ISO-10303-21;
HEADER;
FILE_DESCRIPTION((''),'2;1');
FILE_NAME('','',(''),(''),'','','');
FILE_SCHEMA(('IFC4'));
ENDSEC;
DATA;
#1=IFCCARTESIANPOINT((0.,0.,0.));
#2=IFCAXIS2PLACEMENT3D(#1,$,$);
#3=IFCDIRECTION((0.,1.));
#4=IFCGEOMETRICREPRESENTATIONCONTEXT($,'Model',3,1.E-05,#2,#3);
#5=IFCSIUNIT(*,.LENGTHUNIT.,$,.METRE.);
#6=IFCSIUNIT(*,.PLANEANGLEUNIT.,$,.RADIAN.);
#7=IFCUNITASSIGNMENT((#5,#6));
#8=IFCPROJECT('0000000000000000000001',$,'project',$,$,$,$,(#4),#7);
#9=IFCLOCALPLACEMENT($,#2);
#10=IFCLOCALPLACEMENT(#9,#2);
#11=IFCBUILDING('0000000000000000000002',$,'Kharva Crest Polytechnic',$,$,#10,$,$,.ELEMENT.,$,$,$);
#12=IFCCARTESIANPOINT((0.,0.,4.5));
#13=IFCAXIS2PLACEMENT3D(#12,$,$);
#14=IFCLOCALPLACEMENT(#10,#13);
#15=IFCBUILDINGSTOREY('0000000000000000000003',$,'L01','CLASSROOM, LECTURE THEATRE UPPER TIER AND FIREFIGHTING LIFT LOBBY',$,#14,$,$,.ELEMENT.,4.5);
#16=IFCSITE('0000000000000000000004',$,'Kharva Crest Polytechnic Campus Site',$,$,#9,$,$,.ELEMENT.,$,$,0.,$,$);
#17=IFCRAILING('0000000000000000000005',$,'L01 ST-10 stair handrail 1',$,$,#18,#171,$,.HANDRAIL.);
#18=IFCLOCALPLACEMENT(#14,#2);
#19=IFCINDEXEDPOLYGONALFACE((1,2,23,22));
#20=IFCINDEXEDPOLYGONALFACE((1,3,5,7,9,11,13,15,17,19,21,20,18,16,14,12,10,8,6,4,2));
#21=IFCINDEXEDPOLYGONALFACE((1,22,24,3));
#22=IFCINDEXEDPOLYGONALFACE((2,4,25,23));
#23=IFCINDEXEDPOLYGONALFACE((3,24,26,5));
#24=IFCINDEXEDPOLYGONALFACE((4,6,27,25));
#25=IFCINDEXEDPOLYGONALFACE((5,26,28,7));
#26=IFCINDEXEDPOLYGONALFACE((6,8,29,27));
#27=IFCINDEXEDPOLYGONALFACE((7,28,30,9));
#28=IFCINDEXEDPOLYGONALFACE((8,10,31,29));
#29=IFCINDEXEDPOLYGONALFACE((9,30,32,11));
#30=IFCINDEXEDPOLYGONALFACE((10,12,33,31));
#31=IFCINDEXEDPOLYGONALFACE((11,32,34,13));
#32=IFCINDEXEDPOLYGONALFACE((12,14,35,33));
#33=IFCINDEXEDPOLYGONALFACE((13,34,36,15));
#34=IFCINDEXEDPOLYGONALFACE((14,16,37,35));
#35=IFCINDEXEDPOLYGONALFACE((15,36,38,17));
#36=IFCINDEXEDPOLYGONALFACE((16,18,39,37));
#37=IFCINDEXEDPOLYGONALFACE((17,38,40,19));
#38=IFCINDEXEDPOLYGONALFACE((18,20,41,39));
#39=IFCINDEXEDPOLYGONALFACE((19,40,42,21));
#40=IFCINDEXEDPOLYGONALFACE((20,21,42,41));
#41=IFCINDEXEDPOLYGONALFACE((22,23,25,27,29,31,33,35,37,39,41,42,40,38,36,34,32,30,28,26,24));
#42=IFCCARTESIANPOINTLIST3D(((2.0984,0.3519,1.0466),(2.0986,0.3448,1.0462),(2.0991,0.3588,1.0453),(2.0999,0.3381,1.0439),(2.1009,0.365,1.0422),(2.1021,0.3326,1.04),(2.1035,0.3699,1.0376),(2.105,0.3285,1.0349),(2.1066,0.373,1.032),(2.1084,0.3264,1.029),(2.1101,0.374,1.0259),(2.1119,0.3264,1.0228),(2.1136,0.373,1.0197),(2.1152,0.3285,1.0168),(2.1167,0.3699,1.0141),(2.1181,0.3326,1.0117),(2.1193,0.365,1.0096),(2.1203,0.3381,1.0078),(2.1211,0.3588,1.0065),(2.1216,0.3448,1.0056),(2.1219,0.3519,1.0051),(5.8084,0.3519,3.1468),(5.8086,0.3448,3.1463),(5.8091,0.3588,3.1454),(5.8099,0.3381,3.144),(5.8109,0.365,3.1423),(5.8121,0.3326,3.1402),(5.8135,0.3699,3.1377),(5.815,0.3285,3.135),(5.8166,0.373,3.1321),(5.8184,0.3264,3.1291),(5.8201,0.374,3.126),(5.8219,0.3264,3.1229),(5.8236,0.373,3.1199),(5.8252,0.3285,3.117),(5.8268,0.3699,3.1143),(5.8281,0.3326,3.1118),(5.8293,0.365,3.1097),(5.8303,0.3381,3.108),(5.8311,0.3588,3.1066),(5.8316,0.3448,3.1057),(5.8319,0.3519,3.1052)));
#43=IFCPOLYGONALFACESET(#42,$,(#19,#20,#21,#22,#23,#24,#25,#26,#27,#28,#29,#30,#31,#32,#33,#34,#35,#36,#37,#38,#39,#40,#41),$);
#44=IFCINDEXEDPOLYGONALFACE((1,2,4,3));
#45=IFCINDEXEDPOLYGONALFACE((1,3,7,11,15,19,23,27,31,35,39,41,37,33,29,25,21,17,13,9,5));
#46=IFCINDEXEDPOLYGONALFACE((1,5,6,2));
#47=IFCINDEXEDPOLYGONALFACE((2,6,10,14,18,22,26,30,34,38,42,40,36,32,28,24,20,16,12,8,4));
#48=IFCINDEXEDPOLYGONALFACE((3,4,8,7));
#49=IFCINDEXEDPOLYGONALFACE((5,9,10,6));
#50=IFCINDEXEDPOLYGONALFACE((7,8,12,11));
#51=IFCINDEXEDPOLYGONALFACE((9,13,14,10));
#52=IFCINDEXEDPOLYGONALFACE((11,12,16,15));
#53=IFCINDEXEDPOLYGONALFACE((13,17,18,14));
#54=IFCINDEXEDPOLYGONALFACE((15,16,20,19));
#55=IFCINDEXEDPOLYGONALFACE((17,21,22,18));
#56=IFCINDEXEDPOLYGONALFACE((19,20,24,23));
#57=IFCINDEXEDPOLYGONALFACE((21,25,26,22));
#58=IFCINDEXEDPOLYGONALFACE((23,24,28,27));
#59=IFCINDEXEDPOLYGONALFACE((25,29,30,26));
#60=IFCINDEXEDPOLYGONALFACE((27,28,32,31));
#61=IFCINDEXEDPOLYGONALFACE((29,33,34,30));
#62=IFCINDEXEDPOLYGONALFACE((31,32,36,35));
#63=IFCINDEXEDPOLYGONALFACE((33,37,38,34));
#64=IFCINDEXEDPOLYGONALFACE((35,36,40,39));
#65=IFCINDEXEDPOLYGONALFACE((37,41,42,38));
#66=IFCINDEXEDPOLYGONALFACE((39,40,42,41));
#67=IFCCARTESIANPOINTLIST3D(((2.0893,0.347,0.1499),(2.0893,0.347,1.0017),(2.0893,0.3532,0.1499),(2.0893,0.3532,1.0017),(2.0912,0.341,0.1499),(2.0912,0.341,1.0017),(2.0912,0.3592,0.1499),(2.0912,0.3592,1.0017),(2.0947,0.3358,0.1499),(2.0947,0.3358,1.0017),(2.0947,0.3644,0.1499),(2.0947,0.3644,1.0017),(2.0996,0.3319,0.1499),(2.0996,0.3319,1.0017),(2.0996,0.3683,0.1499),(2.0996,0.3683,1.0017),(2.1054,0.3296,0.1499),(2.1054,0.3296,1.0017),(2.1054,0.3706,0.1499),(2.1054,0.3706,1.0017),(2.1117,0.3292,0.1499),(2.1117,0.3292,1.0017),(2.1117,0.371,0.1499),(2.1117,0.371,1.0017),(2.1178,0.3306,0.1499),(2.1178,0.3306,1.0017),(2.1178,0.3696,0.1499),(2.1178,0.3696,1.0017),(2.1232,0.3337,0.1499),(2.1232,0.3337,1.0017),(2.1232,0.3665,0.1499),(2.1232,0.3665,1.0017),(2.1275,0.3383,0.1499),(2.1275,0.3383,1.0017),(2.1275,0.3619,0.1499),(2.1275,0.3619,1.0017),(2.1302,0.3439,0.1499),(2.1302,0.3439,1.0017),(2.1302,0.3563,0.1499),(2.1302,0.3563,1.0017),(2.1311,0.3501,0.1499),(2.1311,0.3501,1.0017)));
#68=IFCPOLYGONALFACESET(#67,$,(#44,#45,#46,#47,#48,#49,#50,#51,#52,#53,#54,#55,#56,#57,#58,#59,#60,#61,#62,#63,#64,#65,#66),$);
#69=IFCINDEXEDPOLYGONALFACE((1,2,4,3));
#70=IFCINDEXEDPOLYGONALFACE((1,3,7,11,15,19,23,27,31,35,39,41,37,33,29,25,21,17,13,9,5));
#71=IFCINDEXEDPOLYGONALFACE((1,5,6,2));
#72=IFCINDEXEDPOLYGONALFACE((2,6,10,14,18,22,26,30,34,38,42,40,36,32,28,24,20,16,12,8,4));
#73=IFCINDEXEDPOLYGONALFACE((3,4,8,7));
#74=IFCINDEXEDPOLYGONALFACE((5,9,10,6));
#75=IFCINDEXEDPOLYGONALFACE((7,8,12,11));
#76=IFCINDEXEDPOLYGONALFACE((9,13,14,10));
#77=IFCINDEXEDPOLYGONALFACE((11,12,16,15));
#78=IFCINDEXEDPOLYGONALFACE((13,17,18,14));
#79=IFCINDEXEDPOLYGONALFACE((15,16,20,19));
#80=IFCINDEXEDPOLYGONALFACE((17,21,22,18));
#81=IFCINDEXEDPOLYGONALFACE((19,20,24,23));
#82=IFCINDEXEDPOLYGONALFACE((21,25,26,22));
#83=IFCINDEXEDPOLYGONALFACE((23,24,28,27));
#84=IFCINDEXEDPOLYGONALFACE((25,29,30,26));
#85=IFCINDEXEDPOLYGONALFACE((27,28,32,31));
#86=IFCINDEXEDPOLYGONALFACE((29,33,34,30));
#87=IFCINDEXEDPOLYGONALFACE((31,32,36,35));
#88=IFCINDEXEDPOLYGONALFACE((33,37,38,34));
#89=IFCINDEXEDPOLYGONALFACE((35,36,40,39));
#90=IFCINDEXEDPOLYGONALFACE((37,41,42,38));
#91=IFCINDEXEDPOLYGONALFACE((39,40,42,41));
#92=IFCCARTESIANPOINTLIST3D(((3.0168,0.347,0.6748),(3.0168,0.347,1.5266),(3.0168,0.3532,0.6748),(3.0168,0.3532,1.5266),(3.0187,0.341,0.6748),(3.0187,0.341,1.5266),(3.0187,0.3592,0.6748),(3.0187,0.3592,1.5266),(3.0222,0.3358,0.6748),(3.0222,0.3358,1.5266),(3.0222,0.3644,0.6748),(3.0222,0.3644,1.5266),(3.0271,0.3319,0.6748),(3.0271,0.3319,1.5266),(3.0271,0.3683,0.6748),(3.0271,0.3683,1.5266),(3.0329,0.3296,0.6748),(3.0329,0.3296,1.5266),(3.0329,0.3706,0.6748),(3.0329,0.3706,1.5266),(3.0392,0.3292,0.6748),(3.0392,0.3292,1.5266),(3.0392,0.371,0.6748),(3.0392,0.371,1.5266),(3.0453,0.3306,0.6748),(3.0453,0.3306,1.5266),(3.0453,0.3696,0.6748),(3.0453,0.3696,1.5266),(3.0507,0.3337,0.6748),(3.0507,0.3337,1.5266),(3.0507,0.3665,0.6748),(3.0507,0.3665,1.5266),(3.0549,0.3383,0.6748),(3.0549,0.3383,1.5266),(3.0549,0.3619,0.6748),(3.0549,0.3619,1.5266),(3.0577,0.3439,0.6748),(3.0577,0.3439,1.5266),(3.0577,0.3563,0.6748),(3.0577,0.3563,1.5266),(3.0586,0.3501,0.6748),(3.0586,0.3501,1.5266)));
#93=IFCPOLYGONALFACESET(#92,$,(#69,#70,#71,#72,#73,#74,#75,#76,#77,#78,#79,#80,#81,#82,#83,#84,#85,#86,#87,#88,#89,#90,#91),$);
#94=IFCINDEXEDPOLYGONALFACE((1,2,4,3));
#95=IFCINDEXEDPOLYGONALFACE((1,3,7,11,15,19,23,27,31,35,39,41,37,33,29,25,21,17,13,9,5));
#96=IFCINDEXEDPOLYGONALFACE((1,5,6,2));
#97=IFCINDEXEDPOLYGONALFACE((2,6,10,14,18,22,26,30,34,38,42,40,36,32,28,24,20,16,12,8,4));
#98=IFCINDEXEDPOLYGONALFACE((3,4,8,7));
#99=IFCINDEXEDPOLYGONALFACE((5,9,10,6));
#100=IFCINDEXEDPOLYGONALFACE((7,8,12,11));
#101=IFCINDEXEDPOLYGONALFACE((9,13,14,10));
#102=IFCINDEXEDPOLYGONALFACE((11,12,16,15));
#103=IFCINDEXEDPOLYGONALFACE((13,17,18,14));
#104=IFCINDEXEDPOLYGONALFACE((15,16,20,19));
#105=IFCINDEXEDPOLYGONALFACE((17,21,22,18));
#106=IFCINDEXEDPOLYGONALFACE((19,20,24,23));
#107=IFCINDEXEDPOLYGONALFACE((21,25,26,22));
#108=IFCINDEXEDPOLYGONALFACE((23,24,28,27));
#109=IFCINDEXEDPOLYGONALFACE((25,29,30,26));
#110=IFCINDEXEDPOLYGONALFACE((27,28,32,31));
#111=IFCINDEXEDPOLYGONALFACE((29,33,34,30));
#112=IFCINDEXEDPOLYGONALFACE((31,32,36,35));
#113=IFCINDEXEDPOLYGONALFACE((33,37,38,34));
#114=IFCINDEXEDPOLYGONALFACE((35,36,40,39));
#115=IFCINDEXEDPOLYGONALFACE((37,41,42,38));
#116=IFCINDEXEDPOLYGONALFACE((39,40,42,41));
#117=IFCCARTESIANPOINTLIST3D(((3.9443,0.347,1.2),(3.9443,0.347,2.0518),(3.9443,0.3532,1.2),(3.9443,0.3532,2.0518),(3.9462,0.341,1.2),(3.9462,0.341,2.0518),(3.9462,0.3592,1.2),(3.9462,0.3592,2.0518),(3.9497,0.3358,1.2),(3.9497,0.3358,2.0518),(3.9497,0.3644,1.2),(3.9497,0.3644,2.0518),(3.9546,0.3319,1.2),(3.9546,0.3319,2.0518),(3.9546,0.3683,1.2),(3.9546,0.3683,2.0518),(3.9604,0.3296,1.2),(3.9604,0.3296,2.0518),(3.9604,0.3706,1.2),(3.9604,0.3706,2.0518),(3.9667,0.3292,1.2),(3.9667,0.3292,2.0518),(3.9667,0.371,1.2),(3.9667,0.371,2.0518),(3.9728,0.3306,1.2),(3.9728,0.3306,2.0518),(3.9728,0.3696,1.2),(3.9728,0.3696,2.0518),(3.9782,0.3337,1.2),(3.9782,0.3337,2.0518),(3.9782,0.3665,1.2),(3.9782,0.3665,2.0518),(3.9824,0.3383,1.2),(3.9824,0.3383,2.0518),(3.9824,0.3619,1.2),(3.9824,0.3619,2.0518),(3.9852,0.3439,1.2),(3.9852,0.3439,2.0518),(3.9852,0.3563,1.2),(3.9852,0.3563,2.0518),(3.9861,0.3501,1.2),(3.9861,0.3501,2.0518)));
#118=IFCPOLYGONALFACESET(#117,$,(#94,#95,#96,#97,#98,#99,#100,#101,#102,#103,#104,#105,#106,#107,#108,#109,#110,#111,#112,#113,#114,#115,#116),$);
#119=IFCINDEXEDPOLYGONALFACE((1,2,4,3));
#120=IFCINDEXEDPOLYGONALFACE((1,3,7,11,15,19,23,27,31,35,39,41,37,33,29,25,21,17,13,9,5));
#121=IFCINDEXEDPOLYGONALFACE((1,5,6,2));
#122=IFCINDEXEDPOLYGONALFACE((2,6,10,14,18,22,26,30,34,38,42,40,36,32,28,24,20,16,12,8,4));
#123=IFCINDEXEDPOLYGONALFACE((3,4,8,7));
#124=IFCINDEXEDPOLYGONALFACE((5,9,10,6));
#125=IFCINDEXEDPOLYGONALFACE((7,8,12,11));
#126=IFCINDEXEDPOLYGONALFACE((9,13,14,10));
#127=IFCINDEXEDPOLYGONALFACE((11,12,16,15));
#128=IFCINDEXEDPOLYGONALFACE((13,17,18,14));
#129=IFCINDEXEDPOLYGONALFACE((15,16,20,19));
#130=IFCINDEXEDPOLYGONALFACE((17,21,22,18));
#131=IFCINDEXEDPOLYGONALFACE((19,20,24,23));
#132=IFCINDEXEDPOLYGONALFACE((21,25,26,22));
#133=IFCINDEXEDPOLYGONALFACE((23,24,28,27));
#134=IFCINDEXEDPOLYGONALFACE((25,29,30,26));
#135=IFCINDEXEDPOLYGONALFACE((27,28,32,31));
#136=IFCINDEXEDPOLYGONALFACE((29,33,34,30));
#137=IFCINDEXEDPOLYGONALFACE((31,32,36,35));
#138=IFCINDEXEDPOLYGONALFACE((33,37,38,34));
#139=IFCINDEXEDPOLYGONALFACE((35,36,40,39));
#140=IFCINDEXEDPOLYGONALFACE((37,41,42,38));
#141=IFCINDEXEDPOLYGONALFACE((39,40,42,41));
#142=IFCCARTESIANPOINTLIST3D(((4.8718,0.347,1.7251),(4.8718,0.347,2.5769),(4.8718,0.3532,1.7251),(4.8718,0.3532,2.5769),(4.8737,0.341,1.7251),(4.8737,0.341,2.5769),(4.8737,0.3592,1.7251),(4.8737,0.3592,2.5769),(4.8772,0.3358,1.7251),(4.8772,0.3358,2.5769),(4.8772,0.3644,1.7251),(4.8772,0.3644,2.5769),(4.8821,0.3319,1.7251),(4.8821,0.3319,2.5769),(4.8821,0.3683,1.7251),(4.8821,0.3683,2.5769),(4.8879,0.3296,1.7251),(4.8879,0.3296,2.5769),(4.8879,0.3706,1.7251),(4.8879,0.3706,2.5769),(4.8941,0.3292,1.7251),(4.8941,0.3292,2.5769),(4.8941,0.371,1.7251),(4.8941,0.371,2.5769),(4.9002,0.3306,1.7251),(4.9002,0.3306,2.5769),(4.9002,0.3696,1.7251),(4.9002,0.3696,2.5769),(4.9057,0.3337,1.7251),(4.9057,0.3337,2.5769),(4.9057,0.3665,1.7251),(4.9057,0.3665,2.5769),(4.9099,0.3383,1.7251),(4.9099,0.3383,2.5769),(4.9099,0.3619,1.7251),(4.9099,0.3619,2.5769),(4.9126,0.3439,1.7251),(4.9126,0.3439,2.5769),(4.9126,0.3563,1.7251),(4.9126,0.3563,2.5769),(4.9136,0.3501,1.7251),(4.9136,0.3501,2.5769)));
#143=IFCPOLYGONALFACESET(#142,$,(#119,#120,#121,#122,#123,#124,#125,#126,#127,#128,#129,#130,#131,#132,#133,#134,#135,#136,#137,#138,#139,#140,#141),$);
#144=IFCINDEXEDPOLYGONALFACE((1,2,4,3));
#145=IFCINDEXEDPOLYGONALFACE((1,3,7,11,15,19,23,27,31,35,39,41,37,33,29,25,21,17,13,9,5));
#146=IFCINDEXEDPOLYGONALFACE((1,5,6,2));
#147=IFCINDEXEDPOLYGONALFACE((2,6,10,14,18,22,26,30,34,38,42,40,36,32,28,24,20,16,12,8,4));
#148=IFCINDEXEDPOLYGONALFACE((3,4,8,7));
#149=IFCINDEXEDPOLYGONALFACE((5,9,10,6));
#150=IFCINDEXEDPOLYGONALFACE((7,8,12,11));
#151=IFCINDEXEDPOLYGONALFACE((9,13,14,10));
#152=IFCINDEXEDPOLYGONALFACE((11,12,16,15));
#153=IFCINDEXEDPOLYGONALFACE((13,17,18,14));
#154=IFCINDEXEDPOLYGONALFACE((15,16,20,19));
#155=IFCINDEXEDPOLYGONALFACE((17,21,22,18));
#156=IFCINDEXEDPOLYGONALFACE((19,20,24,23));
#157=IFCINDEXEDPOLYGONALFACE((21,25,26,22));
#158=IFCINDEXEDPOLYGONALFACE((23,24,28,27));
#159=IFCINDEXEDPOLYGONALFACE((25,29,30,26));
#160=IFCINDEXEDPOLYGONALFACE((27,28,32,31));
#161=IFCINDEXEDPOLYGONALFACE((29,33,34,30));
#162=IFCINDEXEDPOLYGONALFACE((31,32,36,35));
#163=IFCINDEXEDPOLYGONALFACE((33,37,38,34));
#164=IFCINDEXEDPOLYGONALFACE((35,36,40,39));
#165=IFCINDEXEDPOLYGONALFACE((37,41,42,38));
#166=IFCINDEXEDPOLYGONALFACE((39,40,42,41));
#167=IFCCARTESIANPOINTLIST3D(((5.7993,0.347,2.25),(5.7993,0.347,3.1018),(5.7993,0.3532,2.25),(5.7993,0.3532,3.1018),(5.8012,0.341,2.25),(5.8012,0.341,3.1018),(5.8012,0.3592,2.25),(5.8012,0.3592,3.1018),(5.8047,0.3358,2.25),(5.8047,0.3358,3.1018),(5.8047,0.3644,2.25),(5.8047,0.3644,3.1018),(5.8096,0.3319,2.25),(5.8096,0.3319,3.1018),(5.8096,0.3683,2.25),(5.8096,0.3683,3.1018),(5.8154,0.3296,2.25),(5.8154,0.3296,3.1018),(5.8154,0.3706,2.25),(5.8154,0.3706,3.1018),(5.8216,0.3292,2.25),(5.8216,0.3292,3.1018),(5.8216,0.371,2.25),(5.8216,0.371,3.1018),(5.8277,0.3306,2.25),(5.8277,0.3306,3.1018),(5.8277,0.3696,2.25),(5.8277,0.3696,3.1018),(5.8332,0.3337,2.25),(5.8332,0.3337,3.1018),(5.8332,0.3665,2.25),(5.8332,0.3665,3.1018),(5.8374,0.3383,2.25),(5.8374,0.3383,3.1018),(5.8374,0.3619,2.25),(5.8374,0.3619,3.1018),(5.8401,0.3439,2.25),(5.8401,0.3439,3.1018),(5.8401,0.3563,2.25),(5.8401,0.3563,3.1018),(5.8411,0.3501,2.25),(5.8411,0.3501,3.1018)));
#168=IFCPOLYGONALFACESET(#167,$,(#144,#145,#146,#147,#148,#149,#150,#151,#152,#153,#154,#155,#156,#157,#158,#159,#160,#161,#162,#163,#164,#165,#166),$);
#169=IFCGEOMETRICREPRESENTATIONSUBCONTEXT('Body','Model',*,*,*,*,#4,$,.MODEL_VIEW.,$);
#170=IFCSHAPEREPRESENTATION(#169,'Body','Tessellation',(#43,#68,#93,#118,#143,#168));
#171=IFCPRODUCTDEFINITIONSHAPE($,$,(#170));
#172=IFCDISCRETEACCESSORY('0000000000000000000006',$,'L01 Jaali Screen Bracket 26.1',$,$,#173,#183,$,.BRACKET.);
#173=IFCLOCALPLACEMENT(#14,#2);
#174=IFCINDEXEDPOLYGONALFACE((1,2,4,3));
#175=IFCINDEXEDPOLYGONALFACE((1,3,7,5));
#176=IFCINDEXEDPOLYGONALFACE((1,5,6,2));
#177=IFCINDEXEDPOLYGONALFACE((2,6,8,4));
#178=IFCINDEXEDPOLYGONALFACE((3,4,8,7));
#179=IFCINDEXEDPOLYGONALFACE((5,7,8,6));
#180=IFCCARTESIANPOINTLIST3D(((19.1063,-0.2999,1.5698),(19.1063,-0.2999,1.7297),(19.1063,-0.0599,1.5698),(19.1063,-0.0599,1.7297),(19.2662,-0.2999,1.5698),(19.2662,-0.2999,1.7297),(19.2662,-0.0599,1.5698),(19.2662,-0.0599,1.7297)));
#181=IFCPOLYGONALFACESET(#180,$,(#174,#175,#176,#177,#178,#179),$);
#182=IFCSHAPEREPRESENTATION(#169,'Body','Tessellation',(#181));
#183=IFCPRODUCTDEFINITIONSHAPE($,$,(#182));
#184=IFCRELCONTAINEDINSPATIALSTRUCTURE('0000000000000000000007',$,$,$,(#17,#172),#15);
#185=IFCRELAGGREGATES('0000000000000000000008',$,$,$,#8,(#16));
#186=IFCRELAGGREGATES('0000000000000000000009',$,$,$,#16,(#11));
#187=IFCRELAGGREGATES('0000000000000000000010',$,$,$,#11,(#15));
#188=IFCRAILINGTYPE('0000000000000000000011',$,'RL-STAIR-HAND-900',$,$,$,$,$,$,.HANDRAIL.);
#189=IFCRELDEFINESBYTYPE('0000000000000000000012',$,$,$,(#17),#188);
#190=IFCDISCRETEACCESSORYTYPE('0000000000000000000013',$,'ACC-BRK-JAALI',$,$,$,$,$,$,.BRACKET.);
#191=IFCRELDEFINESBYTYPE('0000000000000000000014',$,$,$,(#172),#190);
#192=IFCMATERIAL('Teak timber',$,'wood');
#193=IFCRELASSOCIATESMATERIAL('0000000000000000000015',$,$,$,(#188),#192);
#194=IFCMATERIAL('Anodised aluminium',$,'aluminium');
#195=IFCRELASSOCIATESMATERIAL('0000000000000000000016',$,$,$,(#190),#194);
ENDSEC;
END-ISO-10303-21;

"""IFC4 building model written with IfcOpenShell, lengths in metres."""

from ifc_helpers import new_model, si_unit, direction, frame, origin, origin_2d, place, context, subcontext, project, spatial, rectangle, circle, extrude, material, type_object, element, save


model = new_model("IFC4")

# Units and contexts
model_context = context("Model", 3, precision=1e-05, world=origin(), true_north=direction((0.0, 1.0)))
body_context = subcontext(model_context, "Body", "Model", "MODEL_VIEW")
ifc_project = project(units=[si_unit("LENGTHUNIT", "METRE"), si_unit("PLANEANGLEUNIT", "RADIAN")], contexts=[model_context])

# Site, building, storey
site_placement = place(None, origin())
site = spatial("IfcSite", under=ifc_project, at=site_placement, Name="Kharva Crest Polytechnic Campus Site", CompositionType="ELEMENT", RefElevation=0.0)
building_placement = place(site_placement, origin())
building = spatial("IfcBuilding", under=site, at=building_placement, Name="Kharva Crest Polytechnic", CompositionType="ELEMENT")
storey_placement = place(building_placement, frame((0.0, 0.0, 4.5)))
storey = spatial("IfcBuildingStorey", under=building, at=storey_placement, Name="L01", Description="CLASSROOM, LECTURE THEATRE UPPER TIER AND FIREFIGHTING LIFT LOBBY", CompositionType="ELEMENT", Elevation=4.5)

# Shared definitions
ifc_material_1 = material(Name="Anodised aluminium", Category="aluminium")

# Railing
ifc_material_2 = material(Name="Teak timber", Category="wood")
railing_type_1 = type_object("IfcRailingType", Name="RL-STAIR-HAND-900", PredefinedType="HANDRAIL", material=ifc_material_2)
railing_1_placement = place(storey_placement, frame((2.1101, 0.3501, 0.1499)))
element("IfcRailing", 1, at=railing_1_placement, inside=storey, type_object=railing_type_1, Name="L01 ST-10 stair handrail 1", PredefinedType="HANDRAIL", context=body_context, shape_type="SweptSolid", body=[
    extrude(circle(Radius=0.0239, at=origin_2d()), frame((0.0, 0.0, 0.876), z_axis=(0.870245, 0.0, 0.492619), x_axis=(0.0, 1.0, 0.0)), (0.0, 0.0, 1.0), 4.2632),
    extrude(circle(Radius=0.021, at=origin_2d()), origin(), (0.0, 0.0, 1.0), 0.8518),
    extrude(circle(Radius=0.021, at=origin_2d()), frame((0.9275, 0.0, 0.5249)), (0.0, 0.0, 1.0), 0.8518),
    extrude(circle(Radius=0.021, at=origin_2d()), frame((1.855, 0.0, 1.05)), (0.0, 0.0, 1.0), 0.8518),
    extrude(circle(Radius=0.021, at=origin_2d()), frame((2.7825, 0.0, 1.5752)), (0.0, 0.0, 1.0), 0.8518),
    extrude(circle(Radius=0.021, at=origin_2d()), frame((3.71, 0.0, 2.1001)), (0.0, 0.0, 1.0), 0.8518),
])

# Discrete accessory
discrete_accessory_type = type_object("IfcDiscreteAccessoryType", Name="ACC-BRK-JAALI", PredefinedType="BRACKET", material=ifc_material_1)
discrete_accessory_placement = place(storey_placement, frame((19.1863, -0.1799, 1.5698), z_axis=(0.0, 0.0, 1.0), x_axis=(1.0, 0.0, 0.0)))
element("IfcDiscreteAccessory", 2, at=discrete_accessory_placement, inside=storey, type_object=discrete_accessory_type, Name="L01 Jaali Screen Bracket 26.1", PredefinedType="BRACKET", context=body_context, shape_type="SweptSolid", body=[
    extrude(rectangle(XDim=0.1599, YDim=0.24, at=origin_2d()), origin(), (0.0, 0.0, 1.0), 0.1599),
])

save(model, "model.ifc")
